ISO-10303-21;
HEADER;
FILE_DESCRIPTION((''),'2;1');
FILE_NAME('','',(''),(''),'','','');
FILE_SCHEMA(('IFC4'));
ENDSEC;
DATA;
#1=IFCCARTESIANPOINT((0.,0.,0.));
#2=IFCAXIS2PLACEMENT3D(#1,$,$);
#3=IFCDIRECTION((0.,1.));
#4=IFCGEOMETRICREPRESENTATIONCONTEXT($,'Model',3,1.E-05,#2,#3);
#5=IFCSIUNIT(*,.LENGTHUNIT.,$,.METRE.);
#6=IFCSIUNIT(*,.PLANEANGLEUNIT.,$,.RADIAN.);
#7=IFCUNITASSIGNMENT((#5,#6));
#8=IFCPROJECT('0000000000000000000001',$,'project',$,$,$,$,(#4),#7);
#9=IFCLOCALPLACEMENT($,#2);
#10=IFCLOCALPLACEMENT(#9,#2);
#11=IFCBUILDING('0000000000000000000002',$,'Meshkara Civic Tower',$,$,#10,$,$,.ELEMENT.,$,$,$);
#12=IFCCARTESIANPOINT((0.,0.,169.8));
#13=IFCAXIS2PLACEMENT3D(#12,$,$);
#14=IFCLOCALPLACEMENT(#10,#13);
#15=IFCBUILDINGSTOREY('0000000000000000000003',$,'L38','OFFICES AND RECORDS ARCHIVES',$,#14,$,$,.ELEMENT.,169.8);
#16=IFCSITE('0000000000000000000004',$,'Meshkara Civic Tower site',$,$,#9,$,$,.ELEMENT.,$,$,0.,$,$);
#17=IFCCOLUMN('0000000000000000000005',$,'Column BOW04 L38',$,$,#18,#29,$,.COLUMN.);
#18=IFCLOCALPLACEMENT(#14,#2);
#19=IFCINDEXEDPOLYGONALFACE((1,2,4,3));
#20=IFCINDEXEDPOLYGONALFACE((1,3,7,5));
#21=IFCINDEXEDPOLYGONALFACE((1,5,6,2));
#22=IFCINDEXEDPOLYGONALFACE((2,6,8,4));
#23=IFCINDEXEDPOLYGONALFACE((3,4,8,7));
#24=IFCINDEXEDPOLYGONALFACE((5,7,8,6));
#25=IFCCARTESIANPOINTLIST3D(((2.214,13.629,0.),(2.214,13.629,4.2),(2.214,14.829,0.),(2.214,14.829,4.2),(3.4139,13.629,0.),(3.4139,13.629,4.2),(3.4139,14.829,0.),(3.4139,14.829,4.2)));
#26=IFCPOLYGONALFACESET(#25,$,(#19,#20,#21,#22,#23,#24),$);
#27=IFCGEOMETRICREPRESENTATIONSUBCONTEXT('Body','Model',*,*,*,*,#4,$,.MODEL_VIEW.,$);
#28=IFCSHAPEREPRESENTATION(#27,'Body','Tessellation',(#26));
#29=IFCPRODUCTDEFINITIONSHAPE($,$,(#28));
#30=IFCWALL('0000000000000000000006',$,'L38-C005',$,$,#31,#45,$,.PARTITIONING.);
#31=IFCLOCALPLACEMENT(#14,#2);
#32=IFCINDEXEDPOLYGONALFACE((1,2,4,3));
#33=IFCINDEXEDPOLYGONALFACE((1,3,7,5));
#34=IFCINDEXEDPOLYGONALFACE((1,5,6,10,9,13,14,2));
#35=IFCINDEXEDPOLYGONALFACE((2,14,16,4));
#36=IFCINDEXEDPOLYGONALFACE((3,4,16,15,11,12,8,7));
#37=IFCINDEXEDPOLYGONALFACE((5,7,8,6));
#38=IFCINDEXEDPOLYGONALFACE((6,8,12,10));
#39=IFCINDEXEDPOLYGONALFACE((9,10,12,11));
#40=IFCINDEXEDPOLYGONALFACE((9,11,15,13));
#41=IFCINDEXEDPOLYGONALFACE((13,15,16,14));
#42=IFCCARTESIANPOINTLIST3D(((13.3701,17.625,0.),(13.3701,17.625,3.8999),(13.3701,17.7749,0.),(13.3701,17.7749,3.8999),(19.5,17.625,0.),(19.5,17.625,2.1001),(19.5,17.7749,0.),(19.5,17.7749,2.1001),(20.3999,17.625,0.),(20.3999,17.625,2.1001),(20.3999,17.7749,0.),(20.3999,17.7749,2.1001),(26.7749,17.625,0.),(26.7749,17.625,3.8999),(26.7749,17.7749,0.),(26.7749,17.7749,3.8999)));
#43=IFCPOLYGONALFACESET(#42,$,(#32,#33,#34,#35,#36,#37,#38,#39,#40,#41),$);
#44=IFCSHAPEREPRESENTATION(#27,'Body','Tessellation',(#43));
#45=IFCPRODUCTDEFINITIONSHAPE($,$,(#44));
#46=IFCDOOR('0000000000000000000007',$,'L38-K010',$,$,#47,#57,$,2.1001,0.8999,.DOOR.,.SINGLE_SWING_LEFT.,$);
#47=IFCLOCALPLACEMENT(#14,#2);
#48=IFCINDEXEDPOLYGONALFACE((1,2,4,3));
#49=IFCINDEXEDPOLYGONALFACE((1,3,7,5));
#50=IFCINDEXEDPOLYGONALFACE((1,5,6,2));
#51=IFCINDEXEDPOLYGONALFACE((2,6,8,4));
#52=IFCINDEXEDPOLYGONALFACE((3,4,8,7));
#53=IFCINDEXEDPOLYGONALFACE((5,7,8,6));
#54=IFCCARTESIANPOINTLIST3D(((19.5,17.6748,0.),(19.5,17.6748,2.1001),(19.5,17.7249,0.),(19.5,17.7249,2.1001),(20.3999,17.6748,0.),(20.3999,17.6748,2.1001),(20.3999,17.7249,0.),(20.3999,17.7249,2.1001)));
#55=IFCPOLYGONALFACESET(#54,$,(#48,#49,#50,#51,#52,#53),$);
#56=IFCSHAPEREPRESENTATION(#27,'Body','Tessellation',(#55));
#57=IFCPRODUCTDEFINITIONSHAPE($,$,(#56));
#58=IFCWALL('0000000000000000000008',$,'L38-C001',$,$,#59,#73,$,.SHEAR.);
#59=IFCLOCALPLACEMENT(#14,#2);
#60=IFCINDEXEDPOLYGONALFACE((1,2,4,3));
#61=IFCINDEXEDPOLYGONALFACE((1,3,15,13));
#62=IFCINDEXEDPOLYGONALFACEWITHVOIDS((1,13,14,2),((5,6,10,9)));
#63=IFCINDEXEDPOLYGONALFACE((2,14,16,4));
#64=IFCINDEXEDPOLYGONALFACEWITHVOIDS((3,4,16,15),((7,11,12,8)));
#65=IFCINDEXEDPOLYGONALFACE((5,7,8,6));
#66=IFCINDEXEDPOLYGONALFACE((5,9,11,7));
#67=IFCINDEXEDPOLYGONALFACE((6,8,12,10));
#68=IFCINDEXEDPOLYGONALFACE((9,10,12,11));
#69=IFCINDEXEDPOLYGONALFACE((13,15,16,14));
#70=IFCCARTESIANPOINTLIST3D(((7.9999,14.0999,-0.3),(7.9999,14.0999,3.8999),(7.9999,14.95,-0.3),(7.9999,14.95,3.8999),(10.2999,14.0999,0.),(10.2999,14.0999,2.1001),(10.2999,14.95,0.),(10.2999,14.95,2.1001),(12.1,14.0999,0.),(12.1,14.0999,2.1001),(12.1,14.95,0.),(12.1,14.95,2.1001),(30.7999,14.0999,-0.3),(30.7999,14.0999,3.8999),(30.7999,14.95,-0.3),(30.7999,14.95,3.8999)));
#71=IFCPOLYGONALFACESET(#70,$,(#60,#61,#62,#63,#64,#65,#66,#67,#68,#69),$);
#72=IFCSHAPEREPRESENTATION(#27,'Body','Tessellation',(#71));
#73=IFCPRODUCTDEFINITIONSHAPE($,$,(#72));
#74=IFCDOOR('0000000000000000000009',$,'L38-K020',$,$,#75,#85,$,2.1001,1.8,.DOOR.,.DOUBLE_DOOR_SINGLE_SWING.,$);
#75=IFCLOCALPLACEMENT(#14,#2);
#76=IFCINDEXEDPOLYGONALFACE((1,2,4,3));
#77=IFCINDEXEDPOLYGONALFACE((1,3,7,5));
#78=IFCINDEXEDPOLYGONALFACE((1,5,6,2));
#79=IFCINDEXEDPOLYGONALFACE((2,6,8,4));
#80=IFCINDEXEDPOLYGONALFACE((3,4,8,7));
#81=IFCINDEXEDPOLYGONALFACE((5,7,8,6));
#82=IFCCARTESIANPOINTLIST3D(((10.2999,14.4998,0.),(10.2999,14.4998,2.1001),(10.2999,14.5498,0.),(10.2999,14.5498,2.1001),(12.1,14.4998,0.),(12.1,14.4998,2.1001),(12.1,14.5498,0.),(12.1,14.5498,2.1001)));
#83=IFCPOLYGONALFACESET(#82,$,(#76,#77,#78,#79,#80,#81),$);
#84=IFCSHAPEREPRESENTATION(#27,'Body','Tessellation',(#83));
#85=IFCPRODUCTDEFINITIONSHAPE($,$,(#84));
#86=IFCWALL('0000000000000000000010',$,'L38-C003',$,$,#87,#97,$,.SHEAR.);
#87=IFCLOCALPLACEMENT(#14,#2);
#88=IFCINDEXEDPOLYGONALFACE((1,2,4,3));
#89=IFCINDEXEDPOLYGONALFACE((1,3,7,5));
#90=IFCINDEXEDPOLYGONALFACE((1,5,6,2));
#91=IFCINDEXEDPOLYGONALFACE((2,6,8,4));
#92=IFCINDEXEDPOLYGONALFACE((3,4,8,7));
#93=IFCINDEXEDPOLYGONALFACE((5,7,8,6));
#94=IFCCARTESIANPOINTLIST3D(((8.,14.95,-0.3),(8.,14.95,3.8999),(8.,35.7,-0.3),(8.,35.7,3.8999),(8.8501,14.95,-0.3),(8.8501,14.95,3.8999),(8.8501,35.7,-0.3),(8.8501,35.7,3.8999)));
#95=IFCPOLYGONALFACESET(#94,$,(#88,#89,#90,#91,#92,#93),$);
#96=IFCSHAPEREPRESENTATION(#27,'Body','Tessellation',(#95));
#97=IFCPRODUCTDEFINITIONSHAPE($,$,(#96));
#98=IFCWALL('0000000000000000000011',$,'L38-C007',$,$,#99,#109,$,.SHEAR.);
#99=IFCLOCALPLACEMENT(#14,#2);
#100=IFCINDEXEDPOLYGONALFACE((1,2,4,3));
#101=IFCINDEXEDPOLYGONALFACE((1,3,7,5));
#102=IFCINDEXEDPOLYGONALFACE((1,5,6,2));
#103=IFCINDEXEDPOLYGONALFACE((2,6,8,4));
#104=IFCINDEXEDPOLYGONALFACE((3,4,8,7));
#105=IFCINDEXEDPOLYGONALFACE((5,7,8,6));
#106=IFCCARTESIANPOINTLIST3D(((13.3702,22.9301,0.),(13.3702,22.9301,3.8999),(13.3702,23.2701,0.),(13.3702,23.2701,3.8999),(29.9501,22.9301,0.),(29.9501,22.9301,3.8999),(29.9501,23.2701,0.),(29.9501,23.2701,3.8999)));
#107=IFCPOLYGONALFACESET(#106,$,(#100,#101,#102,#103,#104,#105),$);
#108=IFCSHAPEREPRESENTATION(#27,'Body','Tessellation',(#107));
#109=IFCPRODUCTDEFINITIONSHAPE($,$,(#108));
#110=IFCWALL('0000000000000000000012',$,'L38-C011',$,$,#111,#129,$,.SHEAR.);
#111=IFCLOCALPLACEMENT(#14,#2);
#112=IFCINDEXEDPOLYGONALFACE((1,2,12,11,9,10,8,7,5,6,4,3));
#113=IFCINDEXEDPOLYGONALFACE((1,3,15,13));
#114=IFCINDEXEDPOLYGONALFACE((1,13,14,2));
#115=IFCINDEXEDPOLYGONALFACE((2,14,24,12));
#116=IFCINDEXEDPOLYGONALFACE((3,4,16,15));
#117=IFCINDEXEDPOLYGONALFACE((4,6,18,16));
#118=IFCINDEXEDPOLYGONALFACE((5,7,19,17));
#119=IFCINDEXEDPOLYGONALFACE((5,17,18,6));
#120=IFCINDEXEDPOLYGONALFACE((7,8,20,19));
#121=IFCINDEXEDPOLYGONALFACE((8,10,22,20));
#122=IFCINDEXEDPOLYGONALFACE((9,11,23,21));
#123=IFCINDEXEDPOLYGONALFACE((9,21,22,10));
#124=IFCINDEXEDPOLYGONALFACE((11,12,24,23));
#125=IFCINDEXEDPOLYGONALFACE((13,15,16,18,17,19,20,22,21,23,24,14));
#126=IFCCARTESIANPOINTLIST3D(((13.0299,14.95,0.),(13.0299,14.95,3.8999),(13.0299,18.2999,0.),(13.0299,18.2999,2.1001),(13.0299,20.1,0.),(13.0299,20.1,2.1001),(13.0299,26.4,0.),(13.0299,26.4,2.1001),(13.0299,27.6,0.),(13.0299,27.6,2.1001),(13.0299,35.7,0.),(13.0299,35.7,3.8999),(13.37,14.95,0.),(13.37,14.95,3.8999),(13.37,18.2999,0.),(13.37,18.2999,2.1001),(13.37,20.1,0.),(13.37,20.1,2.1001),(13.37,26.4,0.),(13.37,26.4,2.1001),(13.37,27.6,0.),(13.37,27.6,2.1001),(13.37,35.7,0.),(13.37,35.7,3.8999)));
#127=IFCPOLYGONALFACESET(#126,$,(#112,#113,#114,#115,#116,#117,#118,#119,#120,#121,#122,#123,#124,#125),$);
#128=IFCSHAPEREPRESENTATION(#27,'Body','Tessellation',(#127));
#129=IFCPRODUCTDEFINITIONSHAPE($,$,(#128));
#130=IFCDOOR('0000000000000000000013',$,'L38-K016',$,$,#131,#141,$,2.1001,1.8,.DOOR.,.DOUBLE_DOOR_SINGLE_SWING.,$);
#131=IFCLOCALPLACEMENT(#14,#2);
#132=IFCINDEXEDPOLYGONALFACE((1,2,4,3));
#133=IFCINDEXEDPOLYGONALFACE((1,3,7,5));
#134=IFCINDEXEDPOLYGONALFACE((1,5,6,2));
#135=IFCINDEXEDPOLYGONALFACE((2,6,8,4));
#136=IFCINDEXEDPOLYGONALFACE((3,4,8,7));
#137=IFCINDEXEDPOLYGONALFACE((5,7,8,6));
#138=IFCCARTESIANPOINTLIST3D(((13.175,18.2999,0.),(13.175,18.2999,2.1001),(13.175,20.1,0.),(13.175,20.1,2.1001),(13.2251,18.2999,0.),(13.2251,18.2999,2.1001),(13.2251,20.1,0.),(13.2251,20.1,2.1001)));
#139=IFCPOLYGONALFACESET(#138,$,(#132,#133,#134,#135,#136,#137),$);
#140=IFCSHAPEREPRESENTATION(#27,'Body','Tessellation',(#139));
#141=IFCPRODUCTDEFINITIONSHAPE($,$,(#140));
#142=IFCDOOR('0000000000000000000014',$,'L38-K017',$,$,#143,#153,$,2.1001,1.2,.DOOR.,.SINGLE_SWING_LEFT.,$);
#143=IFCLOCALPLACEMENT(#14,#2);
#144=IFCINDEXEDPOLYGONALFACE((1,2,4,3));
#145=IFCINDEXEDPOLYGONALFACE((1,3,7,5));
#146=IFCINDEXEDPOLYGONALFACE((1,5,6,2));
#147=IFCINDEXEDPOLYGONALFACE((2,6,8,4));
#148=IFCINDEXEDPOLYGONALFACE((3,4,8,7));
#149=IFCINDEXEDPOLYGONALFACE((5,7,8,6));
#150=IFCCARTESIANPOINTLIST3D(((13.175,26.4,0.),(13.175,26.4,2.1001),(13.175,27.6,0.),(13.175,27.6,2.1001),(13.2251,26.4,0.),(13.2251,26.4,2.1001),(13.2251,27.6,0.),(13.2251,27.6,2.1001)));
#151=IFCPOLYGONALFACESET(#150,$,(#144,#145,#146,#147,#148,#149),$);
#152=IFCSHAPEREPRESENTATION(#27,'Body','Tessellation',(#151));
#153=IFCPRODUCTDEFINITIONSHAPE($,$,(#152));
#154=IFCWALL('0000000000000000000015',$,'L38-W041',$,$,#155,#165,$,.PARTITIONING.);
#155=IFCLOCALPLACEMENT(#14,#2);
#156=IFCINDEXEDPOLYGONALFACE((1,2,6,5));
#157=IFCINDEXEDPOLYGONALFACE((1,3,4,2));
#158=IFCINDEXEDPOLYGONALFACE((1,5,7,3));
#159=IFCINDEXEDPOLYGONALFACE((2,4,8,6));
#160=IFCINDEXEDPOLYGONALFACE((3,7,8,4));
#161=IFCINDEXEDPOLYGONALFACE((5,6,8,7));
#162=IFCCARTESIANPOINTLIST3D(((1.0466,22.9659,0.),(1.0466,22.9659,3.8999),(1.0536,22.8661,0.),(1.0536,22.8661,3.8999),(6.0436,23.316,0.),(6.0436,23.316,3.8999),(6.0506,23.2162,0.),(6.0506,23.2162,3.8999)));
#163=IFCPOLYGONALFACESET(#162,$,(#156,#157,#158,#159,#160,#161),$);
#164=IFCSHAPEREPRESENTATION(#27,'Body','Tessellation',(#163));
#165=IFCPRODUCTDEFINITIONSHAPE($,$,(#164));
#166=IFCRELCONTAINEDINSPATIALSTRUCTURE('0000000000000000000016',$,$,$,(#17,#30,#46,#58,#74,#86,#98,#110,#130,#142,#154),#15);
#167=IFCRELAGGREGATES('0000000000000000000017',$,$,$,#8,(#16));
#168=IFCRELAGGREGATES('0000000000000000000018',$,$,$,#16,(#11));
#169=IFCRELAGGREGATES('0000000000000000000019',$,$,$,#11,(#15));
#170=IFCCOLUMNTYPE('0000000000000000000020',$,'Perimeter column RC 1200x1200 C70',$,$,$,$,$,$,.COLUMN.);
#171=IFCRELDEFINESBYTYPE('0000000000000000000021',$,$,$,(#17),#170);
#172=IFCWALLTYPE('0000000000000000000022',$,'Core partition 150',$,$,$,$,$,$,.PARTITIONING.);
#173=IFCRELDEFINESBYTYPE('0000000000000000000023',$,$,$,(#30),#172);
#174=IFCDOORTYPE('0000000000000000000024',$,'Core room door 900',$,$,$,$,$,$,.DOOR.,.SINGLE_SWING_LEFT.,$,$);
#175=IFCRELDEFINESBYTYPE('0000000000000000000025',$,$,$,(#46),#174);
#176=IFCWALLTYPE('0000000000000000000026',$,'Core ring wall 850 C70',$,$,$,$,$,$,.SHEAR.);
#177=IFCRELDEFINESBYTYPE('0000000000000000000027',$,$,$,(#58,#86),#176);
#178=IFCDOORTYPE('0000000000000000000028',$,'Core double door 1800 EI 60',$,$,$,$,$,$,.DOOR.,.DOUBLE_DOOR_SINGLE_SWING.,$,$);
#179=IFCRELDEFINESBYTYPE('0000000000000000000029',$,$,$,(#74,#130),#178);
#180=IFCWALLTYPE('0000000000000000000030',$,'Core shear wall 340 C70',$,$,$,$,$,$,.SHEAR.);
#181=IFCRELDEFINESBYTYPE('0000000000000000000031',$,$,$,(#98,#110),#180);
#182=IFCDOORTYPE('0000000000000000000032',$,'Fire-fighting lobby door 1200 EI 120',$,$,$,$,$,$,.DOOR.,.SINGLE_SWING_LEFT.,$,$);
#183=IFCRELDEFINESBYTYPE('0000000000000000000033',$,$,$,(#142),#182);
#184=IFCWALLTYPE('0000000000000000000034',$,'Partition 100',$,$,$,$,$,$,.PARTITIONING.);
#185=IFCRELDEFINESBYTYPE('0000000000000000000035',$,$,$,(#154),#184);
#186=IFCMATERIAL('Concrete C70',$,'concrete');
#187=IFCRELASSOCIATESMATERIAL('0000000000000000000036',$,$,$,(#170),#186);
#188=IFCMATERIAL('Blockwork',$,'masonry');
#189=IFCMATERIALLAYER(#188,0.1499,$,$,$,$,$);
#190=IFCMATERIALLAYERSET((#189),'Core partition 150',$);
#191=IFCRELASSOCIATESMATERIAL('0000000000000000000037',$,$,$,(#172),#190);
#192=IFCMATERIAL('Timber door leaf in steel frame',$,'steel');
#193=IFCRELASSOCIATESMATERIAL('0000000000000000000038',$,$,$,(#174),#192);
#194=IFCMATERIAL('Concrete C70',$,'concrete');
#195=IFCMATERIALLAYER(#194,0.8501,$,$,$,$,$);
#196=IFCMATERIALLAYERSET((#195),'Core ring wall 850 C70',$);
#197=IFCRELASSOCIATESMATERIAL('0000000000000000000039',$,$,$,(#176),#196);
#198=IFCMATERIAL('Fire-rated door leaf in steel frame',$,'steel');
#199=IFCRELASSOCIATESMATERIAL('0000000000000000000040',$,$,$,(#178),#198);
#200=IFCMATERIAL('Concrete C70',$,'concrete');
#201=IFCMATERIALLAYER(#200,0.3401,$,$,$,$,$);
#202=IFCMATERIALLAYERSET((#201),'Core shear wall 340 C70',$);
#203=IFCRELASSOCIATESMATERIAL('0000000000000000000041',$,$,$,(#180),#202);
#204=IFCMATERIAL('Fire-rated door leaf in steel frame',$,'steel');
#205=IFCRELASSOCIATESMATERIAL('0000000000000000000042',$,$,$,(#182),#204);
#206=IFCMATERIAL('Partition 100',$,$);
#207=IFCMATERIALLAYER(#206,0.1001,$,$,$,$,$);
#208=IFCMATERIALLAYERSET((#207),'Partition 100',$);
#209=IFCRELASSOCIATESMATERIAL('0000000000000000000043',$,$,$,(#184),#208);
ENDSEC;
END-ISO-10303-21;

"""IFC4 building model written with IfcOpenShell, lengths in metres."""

from ifc_helpers import new_model, si_unit, direction, frame, frame_2d, origin, origin_2d, place, context, subcontext, project, spatial, rectangle, extrude, material, layer, layer_set, material_profile, profile_set, type_object, element, fill, save


model = new_model("IFC4")

# Units and contexts
model_context = context("Model", 3, precision=1e-05, world=origin(), true_north=direction((0.0, 1.0)))
body_context = subcontext(model_context, "Body", "Model", "MODEL_VIEW")
ifc_project = project(units=[si_unit("LENGTHUNIT", "METRE"), si_unit("PLANEANGLEUNIT", "RADIAN")], contexts=[model_context])

# Site, building, storey
site_placement = place(None, origin())
site = spatial("IfcSite", under=ifc_project, at=site_placement, Name="Meshkara Civic Tower site", CompositionType="ELEMENT", RefElevation=0.0)
building_placement = place(site_placement, origin())
building = spatial("IfcBuilding", under=site, at=building_placement, Name="Meshkara Civic Tower", CompositionType="ELEMENT")
storey_placement = place(building_placement, frame((0.0, 0.0, 169.8)))
storey = spatial("IfcBuildingStorey", under=building, at=storey_placement, Name="L38", Description="OFFICES AND RECORDS ARCHIVES", CompositionType="ELEMENT", Elevation=169.8)

# Column
ifc_material_1 = material(Name="Concrete C70", Category="concrete")
ifc_material_profile = material_profile(ifc_material_1, rectangle(XDim=1.2, YDim=1.2, at=origin_2d()))
ifc_profile_set = profile_set([ifc_material_profile], Name="Concrete C70")
column_type = type_object("IfcColumnType", Name="Perimeter column RC 1200x1200 C70", PredefinedType="COLUMN", material=ifc_profile_set)
column_placement = place(storey_placement, frame((2.814, 14.229, 0.0), z_axis=(0.0, 0.0, 1.0), x_axis=(1.0, 0.0, 0.0)))
element("IfcColumn", 1, at=column_placement, inside=storey, type_object=column_type, Name="Column BOW04 L38", PredefinedType="COLUMN", context=body_context, shape_type="SweptSolid", body=[
    extrude(rectangle(XDim=1.2, YDim=1.2, at=origin_2d()), origin(), (0.0, 0.0, 1.0), 4.2),
])

# Walls, openings, doors
ifc_material_2 = material(Name="Blockwork", Category="masonry")
ifc_layer_1 = layer(ifc_material_2, 0.1499)
ifc_layer_set_1 = layer_set([ifc_layer_1], Name="Core partition 150")
wall_type_1 = type_object("IfcWallType", Name="Core partition 150", PredefinedType="PARTITIONING", material=ifc_layer_set_1)
wall_1_placement = place(storey_placement, frame((13.3701, 17.7, 0.0), z_axis=(0.0, 0.0, 1.0), x_axis=(1.0, 0.0, 0.0)))
wall_1 = element("IfcWall", 2, at=wall_1_placement, inside=storey, type_object=wall_type_1, Name="L38-C005", PredefinedType="PARTITIONING", context=body_context, shape_type="SweptSolid", body=[
    extrude(rectangle(XDim=13.4048, YDim=0.1499, at=frame_2d((6.7024, 0.0))), origin(), (0.0, 0.0, 1.0), 3.8999),
])
opening_1_placement = place(wall_1_placement, frame((6.1299, 0.0, 0.0)))
opening_1 = element("IfcOpeningElement", 3, at=opening_1_placement, cuts=wall_1, PredefinedType="OPENING", context=body_context, shape_type="SweptSolid", body=[
    extrude(rectangle(XDim=0.8999, YDim=2.1001, at=frame_2d((0.45, 1.05))), frame((0.0, 0.085, 0.0), z_axis=(0.0, -1.0, 0.0), x_axis=(1.0, 0.0, 0.0)), (0.0, 0.0, 1.0), 0.1699),
])
ifc_material_3 = material(Name="Timber door leaf in steel frame", Category="steel")
door_type_1 = type_object("IfcDoorType", Name="Core room door 900", OperationType="SINGLE_SWING_LEFT", PredefinedType="DOOR", material=ifc_material_3)
door_1_placement = place(opening_1_placement, origin())
door_1 = element("IfcDoor", 4, at=door_1_placement, inside=storey, type_object=door_type_1, Name="L38-K010", OperationType="SINGLE_SWING_LEFT", OverallHeight=2.1001, OverallWidth=0.8999, PredefinedType="DOOR", context=body_context, shape_type="SweptSolid", body=[
    extrude(rectangle(XDim=0.8999, YDim=2.1001, at=frame_2d((0.45, 1.05))), frame((0.0, 0.0249, 0.0), z_axis=(0.0, -1.0, 0.0), x_axis=(1.0, 0.0, 0.0)), (0.0, 0.0, 1.0), 0.05),
])
fill(opening_1, door_1)
ifc_material_4 = material(Name="Concrete C70", Category="concrete")
ifc_layer_2 = layer(ifc_material_4, 0.8501)
ifc_layer_set_2 = layer_set([ifc_layer_2], Name="Core ring wall 850 C70")
wall_type_2 = type_object("IfcWallType", Name="Core ring wall 850 C70", PredefinedType="SHEAR", material=ifc_layer_set_2)
wall_2_placement = place(storey_placement, frame((8.0, 14.5249, -0.3), z_axis=(0.0, 0.0, 1.0), x_axis=(1.0, 0.0, 0.0)))
wall_2 = element("IfcWall", 5, at=wall_2_placement, inside=storey, type_object=wall_type_2, Name="L38-C001", PredefinedType="SHEAR", context=body_context, shape_type="SweptSolid", body=[
    extrude(rectangle(XDim=22.8, YDim=0.8501, at=frame_2d((11.3999, 0.0))), origin(), (0.0, 0.0, 1.0), 4.2),
])
opening_2_placement = place(wall_2_placement, frame((2.3, 0.0, 0.3)))
opening_2 = element("IfcOpeningElement", 6, at=opening_2_placement, cuts=wall_2, PredefinedType="OPENING", context=body_context, shape_type="SweptSolid", body=[
    extrude(rectangle(XDim=1.8, YDim=2.1001, at=frame_2d((0.8999, 1.05))), frame((0.0, 0.4351, 0.0), z_axis=(0.0, -1.0, 0.0), x_axis=(1.0, 0.0, 0.0)), (0.0, 0.0, 1.0), 0.8701),
])
ifc_material_5 = material(Name="Fire-rated door leaf in steel frame", Category="steel")
door_type_2 = type_object("IfcDoorType", Name="Core double door 1800 EI 60", OperationType="DOUBLE_DOOR_SINGLE_SWING", PredefinedType="DOOR", material=ifc_material_5)
door_2_placement = place(opening_2_placement, origin())
door_2 = element("IfcDoor", 7, at=door_2_placement, inside=storey, type_object=door_type_2, Name="L38-K020", OperationType="DOUBLE_DOOR_SINGLE_SWING", OverallHeight=2.1001, OverallWidth=1.8, PredefinedType="DOOR", context=body_context, shape_type="SweptSolid", body=[
    extrude(rectangle(XDim=1.8, YDim=2.1001, at=frame_2d((0.8999, 1.05))), frame((0.0, 0.0249, 0.0), z_axis=(0.0, -1.0, 0.0), x_axis=(1.0, 0.0, 0.0)), (0.0, 0.0, 1.0), 0.05),
])
fill(opening_2, door_2)

# Walls
wall_3_placement = place(storey_placement, frame((8.425, 14.95, -0.3), z_axis=(0.0, 0.0, 1.0), x_axis=(0.0, 1.0, 0.0)))
element("IfcWall", 8, at=wall_3_placement, inside=storey, type_object=wall_type_2, Name="L38-C003", PredefinedType="SHEAR", context=body_context, shape_type="SweptSolid", body=[
    extrude(rectangle(XDim=20.75, YDim=0.8501, at=frame_2d((10.375, 0.0))), origin(), (0.0, 0.0, 1.0), 4.2),
])
ifc_material_6 = material(Name="Concrete C70", Category="concrete")
ifc_layer_3 = layer(ifc_material_6, 0.3401)
ifc_layer_set_3 = layer_set([ifc_layer_3], Name="Core shear wall 340 C70")
wall_type_3 = type_object("IfcWallType", Name="Core shear wall 340 C70", PredefinedType="SHEAR", material=ifc_layer_set_3)
wall_4_placement = place(storey_placement, frame((13.3701, 23.1001, 0.0), z_axis=(0.0, 0.0, 1.0), x_axis=(1.0, 0.0, 0.0)))
element("IfcWall", 9, at=wall_4_placement, inside=storey, type_object=wall_type_3, Name="L38-C007", PredefinedType="SHEAR", context=body_context, shape_type="SweptSolid", body=[
    extrude(rectangle(XDim=16.5798, YDim=0.3401, at=frame_2d((8.29, 0.0))), origin(), (0.0, 0.0, 1.0), 3.8999),
])

# Wall, openings, doors
wall_5_placement = place(storey_placement, frame((13.2, 14.95, 0.0), z_axis=(0.0, 0.0, 1.0), x_axis=(0.0, 1.0, 0.0)))
wall_5 = element("IfcWall", 10, at=wall_5_placement, inside=storey, type_object=wall_type_3, Name="L38-C011", PredefinedType="SHEAR", context=body_context, shape_type="SweptSolid", body=[
    extrude(rectangle(XDim=20.75, YDim=0.3401, at=frame_2d((10.375, 0.0))), origin(), (0.0, 0.0, 1.0), 3.8999),
])
opening_3_placement = place(wall_5_placement, frame((3.3501, 0.0, 0.0)))
opening_3 = element("IfcOpeningElement", 11, at=opening_3_placement, cuts=wall_5, PredefinedType="OPENING", context=body_context, shape_type="SweptSolid", body=[
    extrude(rectangle(XDim=1.8, YDim=2.1001, at=frame_2d((0.8999, 1.05))), frame((0.0, 0.1799, 0.0), z_axis=(0.0, -1.0, 0.0), x_axis=(1.0, 0.0, 0.0)), (0.0, 0.0, 1.0), 0.3601),
])
opening_4_placement = place(wall_5_placement, frame((11.45, 0.0, 0.0)))
opening_4 = element("IfcOpeningElement", 12, at=opening_4_placement, cuts=wall_5, PredefinedType="OPENING", context=body_context, shape_type="SweptSolid", body=[
    extrude(rectangle(XDim=1.2, YDim=2.1001, at=frame_2d((0.6001, 1.05))), frame((0.0, 0.1799, 0.0), z_axis=(0.0, -1.0, 0.0), x_axis=(1.0, 0.0, 0.0)), (0.0, 0.0, 1.0), 0.3601),
])
door_3_placement = place(opening_3_placement, origin())
door_3 = element("IfcDoor", 13, at=door_3_placement, inside=storey, type_object=door_type_2, Name="L38-K016", OperationType="DOUBLE_DOOR_SINGLE_SWING", OverallHeight=2.1001, OverallWidth=1.8, PredefinedType="DOOR", context=body_context, shape_type="SweptSolid", body=[
    extrude(rectangle(XDim=1.8, YDim=2.1001, at=frame_2d((0.8999, 1.05))), frame((0.0, 0.0249, 0.0), z_axis=(0.0, -1.0, 0.0), x_axis=(1.0, 0.0, 0.0)), (0.0, 0.0, 1.0), 0.05),
])
fill(opening_3, door_3)
ifc_material_7 = material(Name="Fire-rated door leaf in steel frame", Category="steel")
door_type_3 = type_object("IfcDoorType", Name="Fire-fighting lobby door 1200 EI 120", OperationType="SINGLE_SWING_LEFT", PredefinedType="DOOR", material=ifc_material_7)
door_4_placement = place(opening_4_placement, origin())
door_4 = element("IfcDoor", 14, at=door_4_placement, inside=storey, type_object=door_type_3, Name="L38-K017", OperationType="SINGLE_SWING_LEFT", OverallHeight=2.1001, OverallWidth=1.2, PredefinedType="DOOR", context=body_context, shape_type="SweptSolid", body=[
    extrude(rectangle(XDim=1.2, YDim=2.1001, at=frame_2d((0.6001, 1.05))), frame((0.0, 0.0249, 0.0), z_axis=(0.0, -1.0, 0.0), x_axis=(1.0, 0.0, 0.0)), (0.0, 0.0, 1.0), 0.05),
])
fill(opening_4, door_4)

# Wall
ifc_material_8 = material(Name="Partition 100")
ifc_layer_4 = layer(ifc_material_8, 0.1001)
ifc_layer_set_4 = layer_set([ifc_layer_4], Name="Partition 100")
wall_type_4 = type_object("IfcWallType", Name="Partition 100", PredefinedType="PARTITIONING", material=ifc_layer_set_4)
wall_6_placement = place(storey_placement, frame((6.0471, 23.2661, 0.0), z_axis=(0.0, 0.0, 1.0), x_axis=(-0.997555, -0.069889, 0.0)))
element("IfcWall", 15, at=wall_6_placement, inside=storey, type_object=wall_type_4, Name="L38-W041", PredefinedType="PARTITIONING", context=body_context, shape_type="SweptSolid", body=[
    extrude(rectangle(XDim=5.0093, YDim=0.1001, at=frame_2d((2.5046, 0.0))), origin(), (0.0, 0.0, 1.0), 3.8999),
])

save(model, "model.ifc")
